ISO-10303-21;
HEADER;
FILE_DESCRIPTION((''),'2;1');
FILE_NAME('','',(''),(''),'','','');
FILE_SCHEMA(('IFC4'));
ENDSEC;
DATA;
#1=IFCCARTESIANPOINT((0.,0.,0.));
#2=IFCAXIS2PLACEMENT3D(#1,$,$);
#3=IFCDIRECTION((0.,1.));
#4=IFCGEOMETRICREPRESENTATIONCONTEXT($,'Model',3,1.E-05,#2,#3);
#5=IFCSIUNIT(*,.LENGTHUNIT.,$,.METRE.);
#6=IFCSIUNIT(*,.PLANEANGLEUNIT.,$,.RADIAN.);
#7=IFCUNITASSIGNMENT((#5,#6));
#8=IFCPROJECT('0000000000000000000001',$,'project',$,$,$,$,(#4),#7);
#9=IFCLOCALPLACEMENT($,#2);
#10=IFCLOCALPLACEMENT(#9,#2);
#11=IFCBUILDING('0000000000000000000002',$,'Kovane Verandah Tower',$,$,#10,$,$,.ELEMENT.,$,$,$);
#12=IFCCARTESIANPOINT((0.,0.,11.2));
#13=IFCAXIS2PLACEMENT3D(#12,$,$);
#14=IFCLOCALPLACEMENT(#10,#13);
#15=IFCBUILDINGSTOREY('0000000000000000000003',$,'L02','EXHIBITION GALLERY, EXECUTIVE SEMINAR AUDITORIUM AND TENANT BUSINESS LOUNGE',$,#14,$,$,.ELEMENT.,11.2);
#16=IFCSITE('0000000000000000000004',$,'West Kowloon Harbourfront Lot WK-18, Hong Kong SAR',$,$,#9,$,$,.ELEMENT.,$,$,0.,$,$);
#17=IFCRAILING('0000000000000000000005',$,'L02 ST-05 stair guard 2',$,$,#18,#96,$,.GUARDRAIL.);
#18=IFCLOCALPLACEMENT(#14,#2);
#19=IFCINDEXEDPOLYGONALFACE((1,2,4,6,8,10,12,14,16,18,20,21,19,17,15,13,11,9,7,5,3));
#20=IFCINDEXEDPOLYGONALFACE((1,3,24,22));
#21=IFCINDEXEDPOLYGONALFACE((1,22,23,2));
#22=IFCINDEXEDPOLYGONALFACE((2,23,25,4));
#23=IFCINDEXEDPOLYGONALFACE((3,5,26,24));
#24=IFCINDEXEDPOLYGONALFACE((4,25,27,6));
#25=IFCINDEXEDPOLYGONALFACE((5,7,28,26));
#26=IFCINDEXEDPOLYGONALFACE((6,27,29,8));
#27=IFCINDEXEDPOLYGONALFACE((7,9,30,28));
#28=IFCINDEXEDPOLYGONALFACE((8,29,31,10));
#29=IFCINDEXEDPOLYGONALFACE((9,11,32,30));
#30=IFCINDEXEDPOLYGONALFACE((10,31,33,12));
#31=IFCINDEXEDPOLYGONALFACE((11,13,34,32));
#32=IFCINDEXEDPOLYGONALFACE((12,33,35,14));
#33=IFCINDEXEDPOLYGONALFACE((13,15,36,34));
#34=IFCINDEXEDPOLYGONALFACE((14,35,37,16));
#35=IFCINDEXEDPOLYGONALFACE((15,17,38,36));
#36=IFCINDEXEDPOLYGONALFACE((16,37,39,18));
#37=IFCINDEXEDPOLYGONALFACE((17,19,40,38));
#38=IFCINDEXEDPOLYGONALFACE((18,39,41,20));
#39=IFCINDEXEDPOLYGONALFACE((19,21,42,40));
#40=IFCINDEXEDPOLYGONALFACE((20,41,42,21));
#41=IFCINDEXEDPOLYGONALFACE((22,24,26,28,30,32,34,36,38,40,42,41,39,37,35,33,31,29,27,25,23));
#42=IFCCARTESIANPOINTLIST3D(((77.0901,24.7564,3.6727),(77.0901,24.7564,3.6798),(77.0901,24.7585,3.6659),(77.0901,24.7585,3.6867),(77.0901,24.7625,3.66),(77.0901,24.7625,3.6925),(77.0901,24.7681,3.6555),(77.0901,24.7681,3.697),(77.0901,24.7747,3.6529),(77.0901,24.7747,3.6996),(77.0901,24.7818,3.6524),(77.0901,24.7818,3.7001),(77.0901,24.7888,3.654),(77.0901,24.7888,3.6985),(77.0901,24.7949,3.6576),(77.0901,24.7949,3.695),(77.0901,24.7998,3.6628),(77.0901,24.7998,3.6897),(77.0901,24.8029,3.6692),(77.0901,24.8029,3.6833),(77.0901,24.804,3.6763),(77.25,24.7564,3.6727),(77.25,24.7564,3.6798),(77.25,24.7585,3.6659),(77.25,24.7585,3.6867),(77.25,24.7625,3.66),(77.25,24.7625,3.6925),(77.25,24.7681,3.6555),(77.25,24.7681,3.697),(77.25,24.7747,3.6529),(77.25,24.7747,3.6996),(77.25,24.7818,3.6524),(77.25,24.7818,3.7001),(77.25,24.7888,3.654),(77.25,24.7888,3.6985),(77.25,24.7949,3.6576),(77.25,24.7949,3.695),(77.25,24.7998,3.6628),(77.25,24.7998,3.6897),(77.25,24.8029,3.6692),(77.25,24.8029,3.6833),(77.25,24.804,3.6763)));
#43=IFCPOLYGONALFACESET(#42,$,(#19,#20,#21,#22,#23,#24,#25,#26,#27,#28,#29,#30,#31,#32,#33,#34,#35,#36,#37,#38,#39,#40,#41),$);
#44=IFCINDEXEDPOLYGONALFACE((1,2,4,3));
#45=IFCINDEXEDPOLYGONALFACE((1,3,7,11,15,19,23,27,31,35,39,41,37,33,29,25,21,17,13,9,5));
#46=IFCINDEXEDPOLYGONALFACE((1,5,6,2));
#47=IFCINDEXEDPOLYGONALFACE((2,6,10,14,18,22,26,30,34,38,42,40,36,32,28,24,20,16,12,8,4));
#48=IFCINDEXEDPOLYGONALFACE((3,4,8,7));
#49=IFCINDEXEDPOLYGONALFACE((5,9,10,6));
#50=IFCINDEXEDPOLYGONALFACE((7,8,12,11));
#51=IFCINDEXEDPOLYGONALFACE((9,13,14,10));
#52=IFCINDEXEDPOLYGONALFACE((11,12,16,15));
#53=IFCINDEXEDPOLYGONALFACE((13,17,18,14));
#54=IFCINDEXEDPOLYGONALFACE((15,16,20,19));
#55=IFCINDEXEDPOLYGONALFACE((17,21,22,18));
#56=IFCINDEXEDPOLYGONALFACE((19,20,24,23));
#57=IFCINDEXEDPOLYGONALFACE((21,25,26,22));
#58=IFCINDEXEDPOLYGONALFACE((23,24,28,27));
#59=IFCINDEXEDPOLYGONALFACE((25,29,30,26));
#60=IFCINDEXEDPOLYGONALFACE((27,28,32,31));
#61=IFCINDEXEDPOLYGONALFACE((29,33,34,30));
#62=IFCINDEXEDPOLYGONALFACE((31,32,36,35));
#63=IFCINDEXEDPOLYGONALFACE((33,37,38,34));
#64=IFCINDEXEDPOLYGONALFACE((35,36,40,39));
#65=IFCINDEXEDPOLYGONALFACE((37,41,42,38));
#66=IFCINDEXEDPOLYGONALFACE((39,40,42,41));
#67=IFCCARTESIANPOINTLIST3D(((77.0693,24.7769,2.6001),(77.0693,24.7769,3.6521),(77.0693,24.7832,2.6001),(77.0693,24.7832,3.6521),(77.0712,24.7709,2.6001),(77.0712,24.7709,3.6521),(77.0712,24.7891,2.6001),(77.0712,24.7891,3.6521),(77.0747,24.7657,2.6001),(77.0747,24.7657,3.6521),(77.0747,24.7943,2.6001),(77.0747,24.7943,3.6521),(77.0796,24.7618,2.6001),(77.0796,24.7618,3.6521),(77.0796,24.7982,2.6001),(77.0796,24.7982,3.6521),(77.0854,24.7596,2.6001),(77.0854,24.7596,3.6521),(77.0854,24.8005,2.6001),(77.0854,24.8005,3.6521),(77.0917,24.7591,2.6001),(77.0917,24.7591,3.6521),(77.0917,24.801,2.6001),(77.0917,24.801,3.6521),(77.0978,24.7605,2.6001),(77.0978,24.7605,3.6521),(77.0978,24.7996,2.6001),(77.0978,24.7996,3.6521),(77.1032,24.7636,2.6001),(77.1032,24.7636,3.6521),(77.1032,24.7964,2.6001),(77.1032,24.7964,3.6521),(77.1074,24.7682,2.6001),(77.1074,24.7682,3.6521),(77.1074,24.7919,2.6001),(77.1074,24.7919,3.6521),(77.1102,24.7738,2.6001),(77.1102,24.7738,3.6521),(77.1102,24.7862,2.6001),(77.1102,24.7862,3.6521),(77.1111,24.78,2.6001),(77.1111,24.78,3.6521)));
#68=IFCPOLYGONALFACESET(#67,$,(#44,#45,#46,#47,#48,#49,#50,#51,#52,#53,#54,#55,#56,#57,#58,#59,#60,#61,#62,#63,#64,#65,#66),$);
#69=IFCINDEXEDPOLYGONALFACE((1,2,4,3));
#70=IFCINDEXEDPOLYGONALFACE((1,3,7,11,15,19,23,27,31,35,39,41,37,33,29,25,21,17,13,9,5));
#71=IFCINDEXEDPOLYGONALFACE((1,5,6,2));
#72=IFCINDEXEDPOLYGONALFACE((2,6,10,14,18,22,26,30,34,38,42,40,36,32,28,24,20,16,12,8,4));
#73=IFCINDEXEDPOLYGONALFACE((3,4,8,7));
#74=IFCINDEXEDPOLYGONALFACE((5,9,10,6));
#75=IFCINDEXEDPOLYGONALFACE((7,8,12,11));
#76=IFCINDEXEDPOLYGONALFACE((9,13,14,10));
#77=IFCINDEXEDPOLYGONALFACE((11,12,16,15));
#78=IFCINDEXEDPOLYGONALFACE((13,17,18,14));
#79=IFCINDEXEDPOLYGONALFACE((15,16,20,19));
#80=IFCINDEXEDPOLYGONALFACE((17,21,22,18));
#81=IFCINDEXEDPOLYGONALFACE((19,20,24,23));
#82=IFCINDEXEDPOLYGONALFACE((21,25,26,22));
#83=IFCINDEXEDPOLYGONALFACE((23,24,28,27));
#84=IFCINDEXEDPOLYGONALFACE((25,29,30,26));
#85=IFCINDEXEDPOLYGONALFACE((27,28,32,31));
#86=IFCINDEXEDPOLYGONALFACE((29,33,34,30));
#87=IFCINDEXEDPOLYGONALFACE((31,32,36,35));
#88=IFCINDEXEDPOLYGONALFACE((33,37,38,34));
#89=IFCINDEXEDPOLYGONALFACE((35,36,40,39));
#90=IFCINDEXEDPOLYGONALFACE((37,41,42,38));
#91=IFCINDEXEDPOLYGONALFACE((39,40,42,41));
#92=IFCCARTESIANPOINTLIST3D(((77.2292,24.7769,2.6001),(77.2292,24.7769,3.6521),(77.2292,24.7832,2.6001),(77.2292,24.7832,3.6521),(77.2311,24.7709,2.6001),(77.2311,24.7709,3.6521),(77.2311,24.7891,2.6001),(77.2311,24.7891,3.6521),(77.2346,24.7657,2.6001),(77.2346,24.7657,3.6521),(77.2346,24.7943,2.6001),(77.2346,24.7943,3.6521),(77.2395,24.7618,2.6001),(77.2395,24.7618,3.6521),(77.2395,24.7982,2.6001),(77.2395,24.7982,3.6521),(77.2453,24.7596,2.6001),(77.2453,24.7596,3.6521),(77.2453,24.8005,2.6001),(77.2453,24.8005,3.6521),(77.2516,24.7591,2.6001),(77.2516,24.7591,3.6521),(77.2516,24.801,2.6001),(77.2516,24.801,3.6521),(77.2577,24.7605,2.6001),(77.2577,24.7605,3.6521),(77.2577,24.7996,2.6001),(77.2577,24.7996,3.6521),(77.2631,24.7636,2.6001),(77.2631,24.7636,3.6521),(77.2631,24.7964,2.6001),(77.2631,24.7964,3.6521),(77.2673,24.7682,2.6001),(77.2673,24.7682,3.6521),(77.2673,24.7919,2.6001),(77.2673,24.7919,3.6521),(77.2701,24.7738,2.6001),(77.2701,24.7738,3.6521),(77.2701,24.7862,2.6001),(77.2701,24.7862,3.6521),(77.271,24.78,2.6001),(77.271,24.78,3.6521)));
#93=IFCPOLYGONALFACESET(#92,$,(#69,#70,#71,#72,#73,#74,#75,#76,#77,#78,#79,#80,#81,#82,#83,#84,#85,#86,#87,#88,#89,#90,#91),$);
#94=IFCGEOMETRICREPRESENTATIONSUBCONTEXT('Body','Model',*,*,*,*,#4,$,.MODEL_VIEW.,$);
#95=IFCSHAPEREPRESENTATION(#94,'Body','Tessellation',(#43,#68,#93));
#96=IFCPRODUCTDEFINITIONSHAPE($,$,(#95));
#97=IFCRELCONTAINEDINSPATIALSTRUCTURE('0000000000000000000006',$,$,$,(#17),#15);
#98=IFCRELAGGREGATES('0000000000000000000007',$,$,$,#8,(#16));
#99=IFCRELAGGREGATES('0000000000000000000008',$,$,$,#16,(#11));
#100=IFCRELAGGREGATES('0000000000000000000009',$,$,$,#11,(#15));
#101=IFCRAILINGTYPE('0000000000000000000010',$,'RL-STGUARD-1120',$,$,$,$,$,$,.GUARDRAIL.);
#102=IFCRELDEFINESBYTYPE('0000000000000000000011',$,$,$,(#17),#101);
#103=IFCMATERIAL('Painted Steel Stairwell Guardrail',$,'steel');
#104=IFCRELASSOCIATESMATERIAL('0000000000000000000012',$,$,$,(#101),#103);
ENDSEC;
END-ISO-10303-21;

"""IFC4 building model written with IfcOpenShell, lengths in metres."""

from ifc_helpers import new_model, si_unit, direction, frame, origin, origin_2d, place, context, subcontext, project, spatial, circle, extrude, material, type_object, element, save


model = new_model("IFC4")

# Units and contexts
model_context = context("Model", 3, precision=1e-05, world=origin(), true_north=direction((0.0, 1.0)))
body_context = subcontext(model_context, "Body", "Model", "MODEL_VIEW")
ifc_project = project(units=[si_unit("LENGTHUNIT", "METRE"), si_unit("PLANEANGLEUNIT", "RADIAN")], contexts=[model_context])

# Site, building, storey
site_placement = place(None, origin())
site = spatial("IfcSite", under=ifc_project, at=site_placement, Name="West Kowloon Harbourfront Lot WK-18, Hong Kong SAR", CompositionType="ELEMENT", RefElevation=0.0)
building_placement = place(site_placement, origin())
building = spatial("IfcBuilding", under=site, at=building_placement, Name="Kovane Verandah Tower", CompositionType="ELEMENT")
storey_placement = place(building_placement, frame((0.0, 0.0, 11.2)))
storey = spatial("IfcBuildingStorey", under=building, at=storey_placement, Name="L02", Description="EXHIBITION GALLERY, EXECUTIVE SEMINAR AUDITORIUM AND TENANT BUSINESS LOUNGE", CompositionType="ELEMENT", Elevation=11.2)

# Railing
ifc_material_1 = material(Name="Painted Steel Stairwell Guardrail", Category="steel")
railing_type_1 = type_object("IfcRailingType", Name="RL-STGUARD-1120", PredefinedType="GUARDRAIL", material=ifc_material_1)
railing_1_placement = place(storey_placement, frame((77.0901, 24.78, 2.6001)))
element("IfcRailing", 1, at=railing_1_placement, inside=storey, type_object=railing_type_1, Name="L02 ST-05 stair guard 2", PredefinedType="GUARDRAIL", context=body_context, shape_type="SweptSolid", body=[
    extrude(circle(Radius=0.0239, at=origin_2d()), frame((0.0, 0.0, 1.0762), z_axis=(1.0, 0.0, 0.0), x_axis=(0.0, 1.0, 0.0)), (0.0, 0.0, 1.0), 0.1599),
    extrude(circle(Radius=0.021, at=origin_2d()), origin(), (0.0, 0.0, 1.0), 1.052),
    extrude(circle(Radius=0.021, at=origin_2d()), frame((0.1599, 0.0, 0.0)), (0.0, 0.0, 1.0), 1.052),
])

save(model, "model.ifc")
